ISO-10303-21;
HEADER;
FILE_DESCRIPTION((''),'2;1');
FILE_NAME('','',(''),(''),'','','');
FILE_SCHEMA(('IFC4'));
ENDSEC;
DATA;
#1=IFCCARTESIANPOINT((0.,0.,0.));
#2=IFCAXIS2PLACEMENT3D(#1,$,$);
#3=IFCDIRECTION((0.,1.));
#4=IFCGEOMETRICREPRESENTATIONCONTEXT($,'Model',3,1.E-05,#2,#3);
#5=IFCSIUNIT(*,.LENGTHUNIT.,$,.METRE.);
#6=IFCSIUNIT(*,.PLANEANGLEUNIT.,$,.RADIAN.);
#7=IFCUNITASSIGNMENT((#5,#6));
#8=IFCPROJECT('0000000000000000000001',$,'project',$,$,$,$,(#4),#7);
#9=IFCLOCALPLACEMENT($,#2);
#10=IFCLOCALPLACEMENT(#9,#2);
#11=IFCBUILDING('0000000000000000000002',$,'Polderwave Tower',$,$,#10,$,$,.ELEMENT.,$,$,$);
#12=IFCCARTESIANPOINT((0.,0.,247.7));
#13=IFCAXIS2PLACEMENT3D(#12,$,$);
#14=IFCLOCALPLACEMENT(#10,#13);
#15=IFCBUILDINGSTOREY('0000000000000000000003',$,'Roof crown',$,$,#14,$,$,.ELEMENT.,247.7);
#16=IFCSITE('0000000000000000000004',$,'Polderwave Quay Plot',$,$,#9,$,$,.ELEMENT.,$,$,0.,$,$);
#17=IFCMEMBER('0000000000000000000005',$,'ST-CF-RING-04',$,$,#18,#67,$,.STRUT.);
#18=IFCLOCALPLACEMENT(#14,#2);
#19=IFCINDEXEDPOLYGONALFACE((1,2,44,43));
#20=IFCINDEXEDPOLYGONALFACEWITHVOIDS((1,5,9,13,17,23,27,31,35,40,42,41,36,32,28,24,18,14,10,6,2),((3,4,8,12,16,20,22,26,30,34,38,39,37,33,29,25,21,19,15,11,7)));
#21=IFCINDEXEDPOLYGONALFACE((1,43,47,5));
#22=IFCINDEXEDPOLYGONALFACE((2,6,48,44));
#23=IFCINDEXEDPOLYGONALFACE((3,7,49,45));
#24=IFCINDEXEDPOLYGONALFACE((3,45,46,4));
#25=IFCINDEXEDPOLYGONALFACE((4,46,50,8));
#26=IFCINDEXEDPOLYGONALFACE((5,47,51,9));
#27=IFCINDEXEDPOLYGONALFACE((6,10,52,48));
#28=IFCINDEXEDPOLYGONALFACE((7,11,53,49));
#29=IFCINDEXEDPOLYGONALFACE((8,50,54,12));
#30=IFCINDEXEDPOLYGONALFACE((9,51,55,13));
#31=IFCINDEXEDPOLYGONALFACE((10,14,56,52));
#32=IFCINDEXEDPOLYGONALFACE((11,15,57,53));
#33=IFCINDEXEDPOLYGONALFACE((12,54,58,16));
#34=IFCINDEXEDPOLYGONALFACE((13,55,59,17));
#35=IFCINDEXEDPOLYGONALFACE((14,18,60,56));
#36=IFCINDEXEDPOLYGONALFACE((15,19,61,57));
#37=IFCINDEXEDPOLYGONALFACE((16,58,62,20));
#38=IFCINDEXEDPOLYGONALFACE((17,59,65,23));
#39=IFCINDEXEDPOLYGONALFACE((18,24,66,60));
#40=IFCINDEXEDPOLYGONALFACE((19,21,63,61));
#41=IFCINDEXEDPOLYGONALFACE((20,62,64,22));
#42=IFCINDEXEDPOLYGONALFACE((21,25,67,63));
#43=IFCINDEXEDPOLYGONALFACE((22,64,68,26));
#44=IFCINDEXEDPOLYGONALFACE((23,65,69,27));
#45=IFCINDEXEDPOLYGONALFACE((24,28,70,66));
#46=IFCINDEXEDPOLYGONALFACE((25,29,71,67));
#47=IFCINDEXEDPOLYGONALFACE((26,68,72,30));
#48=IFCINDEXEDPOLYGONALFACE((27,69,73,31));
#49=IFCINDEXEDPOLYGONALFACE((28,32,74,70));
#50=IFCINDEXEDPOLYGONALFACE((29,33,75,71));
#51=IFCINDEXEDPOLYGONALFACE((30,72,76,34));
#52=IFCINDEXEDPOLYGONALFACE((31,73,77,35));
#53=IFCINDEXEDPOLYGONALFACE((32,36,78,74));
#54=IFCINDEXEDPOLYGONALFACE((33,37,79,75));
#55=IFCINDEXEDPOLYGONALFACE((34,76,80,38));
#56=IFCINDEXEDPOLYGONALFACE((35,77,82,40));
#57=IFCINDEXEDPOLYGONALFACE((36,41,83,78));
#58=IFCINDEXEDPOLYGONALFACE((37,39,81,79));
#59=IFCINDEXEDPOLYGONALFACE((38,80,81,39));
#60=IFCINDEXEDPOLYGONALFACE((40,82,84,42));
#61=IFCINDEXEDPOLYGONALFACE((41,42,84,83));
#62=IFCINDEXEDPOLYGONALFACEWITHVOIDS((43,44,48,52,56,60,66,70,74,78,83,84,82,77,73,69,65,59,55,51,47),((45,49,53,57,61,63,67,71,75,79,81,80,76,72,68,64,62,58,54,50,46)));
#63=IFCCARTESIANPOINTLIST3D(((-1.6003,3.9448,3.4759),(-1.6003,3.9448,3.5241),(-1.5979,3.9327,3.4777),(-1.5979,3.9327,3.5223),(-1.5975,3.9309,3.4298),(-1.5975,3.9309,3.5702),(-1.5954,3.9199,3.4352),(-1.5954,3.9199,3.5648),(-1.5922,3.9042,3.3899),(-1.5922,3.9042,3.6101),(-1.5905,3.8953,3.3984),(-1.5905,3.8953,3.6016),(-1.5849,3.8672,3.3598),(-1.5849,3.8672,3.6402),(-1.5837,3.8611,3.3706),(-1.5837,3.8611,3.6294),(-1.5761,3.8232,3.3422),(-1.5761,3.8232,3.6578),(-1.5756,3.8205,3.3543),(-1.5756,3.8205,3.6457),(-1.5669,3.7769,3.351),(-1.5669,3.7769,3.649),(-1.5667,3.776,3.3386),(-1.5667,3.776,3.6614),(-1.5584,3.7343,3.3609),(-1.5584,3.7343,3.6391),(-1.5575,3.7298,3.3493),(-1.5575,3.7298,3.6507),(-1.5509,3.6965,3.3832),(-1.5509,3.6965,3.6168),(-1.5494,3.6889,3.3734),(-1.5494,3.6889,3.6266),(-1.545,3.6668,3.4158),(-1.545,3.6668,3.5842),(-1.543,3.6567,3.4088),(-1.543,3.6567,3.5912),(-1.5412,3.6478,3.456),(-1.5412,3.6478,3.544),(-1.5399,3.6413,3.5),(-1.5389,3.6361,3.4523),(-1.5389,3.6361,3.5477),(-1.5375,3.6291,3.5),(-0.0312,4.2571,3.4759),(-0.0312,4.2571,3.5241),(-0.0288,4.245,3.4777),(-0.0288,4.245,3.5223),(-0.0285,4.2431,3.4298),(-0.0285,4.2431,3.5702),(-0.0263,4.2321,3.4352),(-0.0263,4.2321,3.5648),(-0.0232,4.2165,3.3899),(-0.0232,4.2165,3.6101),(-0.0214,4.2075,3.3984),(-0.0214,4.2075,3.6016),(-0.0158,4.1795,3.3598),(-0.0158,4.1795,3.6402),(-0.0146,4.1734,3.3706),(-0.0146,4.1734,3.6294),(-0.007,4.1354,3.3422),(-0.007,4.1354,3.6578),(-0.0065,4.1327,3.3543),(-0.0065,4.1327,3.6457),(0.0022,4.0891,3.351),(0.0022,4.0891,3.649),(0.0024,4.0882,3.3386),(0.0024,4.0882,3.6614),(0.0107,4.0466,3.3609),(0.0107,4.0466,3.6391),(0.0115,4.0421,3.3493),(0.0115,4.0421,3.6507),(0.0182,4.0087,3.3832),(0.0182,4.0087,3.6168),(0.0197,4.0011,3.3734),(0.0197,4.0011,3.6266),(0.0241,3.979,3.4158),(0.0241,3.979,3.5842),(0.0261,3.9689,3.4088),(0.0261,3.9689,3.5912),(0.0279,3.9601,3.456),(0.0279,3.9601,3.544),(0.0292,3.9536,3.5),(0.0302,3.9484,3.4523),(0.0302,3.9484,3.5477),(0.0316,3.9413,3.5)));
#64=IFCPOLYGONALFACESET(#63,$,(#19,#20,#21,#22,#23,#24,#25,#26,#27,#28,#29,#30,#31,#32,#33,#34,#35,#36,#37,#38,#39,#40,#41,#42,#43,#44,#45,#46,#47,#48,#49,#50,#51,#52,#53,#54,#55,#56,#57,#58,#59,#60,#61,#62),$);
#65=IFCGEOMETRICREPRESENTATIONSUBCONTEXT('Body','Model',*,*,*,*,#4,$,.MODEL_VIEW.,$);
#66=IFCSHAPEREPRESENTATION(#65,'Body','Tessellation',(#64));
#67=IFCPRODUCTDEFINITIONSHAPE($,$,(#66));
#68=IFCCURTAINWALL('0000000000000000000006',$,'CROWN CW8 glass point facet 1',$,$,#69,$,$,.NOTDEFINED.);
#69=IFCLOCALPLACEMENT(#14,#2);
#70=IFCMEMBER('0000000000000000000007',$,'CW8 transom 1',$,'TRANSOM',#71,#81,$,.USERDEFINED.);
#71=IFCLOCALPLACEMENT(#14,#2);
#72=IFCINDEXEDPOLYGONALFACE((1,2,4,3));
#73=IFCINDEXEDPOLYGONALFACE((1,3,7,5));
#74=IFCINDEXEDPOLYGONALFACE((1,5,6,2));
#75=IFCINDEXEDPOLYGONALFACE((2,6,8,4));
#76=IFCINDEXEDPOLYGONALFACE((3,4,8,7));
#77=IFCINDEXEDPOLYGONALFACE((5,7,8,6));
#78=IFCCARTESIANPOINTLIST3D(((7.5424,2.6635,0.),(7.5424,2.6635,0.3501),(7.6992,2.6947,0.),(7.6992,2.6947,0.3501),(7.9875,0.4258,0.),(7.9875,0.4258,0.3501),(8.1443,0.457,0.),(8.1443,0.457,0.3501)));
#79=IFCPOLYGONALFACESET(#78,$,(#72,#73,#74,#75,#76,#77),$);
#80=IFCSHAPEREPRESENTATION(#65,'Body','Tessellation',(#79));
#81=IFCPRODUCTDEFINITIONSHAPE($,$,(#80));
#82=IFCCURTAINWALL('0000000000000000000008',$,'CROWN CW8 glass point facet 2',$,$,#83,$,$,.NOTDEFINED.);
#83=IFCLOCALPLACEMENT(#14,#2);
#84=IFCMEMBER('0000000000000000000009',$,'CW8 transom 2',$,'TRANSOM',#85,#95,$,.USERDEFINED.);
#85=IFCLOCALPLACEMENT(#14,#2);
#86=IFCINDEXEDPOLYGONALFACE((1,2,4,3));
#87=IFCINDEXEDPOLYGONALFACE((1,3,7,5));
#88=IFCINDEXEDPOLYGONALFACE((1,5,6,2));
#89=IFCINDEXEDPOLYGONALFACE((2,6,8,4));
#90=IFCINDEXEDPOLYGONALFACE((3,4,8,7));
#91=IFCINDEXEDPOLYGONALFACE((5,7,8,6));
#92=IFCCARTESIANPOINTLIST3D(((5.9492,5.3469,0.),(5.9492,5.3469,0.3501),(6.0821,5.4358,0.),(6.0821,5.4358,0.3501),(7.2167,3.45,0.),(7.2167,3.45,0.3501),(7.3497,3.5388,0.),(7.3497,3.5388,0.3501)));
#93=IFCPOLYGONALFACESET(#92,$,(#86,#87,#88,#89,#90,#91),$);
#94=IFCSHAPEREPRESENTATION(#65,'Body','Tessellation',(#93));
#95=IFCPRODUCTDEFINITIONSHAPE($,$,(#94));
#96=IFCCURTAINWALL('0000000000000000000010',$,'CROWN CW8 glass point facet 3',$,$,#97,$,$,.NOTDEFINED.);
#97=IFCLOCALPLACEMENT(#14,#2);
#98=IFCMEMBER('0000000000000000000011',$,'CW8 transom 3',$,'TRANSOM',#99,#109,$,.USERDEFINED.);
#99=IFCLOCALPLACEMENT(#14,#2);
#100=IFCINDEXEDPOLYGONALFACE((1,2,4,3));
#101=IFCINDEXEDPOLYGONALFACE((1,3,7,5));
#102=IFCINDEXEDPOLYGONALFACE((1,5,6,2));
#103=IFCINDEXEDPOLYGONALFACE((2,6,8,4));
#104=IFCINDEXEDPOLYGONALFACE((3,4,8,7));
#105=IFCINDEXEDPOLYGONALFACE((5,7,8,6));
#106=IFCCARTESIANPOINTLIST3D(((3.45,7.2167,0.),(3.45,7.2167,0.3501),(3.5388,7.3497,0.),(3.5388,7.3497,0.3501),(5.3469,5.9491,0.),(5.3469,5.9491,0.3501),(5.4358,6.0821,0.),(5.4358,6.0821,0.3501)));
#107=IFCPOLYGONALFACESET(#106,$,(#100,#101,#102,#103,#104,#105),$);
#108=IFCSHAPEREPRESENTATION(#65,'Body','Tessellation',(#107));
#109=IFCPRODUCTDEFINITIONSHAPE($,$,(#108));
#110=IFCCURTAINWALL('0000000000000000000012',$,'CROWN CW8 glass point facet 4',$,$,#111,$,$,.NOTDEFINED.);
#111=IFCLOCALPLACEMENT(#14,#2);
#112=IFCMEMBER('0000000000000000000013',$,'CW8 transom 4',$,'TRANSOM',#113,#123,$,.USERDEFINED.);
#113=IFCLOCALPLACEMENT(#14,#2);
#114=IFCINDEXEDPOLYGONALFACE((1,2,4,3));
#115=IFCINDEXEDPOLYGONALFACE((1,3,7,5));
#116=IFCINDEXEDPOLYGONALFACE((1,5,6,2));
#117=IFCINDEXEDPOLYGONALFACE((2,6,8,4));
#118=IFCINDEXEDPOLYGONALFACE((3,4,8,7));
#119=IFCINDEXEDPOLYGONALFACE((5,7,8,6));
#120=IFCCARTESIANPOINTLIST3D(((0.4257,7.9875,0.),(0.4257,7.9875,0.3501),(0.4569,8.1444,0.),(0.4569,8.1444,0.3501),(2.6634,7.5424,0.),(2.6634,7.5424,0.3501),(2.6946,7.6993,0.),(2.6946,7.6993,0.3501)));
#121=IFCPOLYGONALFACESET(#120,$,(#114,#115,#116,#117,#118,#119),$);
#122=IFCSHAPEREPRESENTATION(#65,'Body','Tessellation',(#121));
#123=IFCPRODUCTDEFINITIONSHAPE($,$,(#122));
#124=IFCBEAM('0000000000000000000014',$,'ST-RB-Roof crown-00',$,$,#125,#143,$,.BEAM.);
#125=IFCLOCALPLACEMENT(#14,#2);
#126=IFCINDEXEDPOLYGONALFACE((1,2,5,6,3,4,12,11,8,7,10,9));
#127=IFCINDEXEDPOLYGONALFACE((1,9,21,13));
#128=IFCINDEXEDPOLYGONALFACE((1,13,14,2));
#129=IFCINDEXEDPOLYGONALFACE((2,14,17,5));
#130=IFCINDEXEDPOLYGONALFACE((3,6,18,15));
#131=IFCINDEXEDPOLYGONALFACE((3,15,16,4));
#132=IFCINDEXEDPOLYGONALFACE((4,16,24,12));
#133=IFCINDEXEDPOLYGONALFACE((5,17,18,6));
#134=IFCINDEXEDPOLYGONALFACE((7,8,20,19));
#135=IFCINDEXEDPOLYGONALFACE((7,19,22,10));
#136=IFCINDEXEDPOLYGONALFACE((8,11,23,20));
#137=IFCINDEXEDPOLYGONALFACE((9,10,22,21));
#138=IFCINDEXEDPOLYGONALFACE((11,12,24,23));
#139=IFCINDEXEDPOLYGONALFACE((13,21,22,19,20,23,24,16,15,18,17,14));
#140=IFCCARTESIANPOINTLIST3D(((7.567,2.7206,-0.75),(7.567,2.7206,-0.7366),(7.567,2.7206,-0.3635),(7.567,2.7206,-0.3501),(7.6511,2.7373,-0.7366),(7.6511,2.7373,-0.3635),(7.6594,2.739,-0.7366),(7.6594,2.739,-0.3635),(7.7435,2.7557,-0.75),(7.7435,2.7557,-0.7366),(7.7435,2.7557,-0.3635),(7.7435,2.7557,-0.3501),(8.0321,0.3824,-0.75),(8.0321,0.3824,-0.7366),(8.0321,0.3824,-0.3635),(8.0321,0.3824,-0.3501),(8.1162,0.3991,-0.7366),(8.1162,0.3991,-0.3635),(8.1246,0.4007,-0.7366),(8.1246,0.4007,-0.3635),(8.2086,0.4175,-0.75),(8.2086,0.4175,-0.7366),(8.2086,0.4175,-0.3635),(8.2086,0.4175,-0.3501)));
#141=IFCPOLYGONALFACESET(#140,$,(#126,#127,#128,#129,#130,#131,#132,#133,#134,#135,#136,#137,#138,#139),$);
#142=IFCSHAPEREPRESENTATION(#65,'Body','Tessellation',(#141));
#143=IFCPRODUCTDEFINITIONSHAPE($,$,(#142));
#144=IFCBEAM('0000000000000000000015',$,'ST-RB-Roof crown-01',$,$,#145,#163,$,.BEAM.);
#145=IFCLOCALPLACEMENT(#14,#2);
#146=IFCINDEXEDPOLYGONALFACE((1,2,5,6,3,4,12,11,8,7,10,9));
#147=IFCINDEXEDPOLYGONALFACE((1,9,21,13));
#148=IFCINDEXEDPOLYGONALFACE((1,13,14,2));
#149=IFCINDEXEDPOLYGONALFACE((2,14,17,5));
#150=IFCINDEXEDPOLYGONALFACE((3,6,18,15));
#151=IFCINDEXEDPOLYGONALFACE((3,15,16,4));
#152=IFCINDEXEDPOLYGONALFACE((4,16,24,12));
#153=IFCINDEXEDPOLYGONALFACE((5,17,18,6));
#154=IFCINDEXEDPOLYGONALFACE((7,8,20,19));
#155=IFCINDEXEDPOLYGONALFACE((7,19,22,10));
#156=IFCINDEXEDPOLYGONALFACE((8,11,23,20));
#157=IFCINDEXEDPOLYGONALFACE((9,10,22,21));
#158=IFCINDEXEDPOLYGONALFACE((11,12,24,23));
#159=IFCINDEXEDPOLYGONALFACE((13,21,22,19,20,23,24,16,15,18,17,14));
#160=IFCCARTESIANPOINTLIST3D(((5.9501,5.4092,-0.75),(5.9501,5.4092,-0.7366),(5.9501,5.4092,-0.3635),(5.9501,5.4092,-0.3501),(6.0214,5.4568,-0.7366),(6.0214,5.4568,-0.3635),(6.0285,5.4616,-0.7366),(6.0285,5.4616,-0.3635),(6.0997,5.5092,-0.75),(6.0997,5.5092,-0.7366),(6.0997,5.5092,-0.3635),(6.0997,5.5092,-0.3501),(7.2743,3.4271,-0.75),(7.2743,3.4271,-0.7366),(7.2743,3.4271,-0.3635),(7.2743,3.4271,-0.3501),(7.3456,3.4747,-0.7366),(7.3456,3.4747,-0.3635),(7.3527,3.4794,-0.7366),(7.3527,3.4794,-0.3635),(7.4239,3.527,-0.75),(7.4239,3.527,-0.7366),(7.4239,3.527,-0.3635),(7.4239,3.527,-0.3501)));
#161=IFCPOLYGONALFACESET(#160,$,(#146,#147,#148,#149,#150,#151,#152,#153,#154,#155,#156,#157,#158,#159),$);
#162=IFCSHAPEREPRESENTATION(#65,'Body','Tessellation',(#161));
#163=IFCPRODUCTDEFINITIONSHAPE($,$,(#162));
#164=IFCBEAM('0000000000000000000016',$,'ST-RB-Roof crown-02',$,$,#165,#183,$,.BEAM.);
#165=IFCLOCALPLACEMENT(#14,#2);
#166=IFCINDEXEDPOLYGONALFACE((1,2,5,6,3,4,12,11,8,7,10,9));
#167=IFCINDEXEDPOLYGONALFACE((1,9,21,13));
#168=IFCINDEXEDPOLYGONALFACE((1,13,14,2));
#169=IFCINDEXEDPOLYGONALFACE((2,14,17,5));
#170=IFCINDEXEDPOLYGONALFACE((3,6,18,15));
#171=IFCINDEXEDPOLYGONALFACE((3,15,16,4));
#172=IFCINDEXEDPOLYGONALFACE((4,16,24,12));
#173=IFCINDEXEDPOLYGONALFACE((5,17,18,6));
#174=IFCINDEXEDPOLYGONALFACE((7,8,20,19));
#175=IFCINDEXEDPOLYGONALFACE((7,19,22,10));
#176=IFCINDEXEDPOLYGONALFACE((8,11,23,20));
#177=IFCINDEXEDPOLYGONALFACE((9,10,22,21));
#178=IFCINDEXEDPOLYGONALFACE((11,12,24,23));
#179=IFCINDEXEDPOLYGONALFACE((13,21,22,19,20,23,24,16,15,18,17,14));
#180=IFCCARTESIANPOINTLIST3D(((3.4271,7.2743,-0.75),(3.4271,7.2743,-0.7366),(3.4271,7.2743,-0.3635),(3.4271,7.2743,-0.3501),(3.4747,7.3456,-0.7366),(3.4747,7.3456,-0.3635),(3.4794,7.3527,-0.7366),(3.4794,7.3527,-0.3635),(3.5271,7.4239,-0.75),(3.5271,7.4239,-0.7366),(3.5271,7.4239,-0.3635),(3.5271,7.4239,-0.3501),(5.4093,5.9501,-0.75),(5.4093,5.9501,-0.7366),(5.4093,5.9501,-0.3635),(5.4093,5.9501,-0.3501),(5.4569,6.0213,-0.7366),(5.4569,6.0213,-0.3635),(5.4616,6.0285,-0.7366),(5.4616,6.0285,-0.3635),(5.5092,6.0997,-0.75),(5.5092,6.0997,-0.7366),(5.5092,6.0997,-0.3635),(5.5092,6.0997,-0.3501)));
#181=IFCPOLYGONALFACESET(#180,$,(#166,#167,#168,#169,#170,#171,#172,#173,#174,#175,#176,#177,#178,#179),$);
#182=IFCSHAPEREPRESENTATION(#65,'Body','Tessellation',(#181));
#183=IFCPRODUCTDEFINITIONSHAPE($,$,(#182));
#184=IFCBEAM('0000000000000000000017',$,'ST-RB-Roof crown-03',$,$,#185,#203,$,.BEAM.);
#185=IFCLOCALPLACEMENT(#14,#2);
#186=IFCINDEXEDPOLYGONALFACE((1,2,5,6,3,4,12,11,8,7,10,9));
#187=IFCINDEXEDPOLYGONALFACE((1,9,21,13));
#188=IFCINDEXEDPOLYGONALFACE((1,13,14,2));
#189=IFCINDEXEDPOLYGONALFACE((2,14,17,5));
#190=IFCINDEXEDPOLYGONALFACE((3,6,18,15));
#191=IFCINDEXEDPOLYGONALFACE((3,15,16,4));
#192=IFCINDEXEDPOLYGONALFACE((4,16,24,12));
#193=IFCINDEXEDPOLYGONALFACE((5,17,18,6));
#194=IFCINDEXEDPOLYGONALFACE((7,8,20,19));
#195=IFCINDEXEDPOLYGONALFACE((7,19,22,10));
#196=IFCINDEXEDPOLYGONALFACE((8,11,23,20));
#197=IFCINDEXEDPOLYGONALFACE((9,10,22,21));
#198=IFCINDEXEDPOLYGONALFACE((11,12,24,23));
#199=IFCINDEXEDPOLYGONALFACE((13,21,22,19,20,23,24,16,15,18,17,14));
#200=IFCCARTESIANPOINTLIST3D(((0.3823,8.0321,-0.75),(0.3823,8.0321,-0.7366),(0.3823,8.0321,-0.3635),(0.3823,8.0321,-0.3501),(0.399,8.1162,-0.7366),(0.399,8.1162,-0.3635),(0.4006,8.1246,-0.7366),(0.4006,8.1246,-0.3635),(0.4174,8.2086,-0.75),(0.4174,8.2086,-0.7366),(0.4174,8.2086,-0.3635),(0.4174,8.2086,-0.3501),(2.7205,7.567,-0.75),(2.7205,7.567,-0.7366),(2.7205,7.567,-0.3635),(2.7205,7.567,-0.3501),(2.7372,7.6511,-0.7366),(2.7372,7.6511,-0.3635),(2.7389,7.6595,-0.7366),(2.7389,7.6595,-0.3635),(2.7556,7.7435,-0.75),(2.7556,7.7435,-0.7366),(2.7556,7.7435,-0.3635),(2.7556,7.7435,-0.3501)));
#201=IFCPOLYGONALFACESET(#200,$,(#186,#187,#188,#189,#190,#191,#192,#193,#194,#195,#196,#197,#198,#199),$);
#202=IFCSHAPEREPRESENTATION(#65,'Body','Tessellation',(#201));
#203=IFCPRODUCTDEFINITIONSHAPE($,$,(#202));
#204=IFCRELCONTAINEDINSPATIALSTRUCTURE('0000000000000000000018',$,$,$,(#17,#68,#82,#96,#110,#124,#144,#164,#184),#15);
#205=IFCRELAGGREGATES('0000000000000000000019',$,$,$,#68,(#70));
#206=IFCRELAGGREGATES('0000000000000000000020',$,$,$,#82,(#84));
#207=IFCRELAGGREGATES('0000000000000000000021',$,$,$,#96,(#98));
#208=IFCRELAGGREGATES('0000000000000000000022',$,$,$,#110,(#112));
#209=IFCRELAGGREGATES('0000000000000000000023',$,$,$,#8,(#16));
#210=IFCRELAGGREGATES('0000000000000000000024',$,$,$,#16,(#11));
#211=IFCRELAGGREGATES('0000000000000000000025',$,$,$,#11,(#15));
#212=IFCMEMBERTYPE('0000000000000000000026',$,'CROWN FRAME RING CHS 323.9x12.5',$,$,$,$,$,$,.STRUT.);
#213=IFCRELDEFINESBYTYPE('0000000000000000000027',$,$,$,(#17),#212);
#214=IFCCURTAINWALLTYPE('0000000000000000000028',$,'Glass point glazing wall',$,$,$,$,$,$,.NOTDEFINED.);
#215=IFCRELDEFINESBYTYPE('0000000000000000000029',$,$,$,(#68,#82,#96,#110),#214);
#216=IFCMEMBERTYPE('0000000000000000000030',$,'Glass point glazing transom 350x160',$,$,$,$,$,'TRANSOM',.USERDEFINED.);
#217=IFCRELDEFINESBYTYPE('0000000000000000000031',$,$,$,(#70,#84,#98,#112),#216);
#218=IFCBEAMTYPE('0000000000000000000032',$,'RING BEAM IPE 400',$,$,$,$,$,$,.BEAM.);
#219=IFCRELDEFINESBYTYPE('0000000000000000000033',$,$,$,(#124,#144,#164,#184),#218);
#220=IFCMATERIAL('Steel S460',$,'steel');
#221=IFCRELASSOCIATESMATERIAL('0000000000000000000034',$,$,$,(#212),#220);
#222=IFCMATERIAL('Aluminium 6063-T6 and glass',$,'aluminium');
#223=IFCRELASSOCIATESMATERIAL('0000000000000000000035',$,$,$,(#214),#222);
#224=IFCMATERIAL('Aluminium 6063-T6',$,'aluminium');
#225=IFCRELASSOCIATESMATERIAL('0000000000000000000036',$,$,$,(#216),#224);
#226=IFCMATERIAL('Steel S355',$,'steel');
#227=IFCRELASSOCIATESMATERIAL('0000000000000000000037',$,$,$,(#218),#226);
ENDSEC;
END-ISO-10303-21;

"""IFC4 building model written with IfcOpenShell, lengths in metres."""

from ifc_helpers import new_model, si_unit, direction, frame, origin, origin_2d, place, context, subcontext, project, spatial, rectangle, hollow_circle, i_section, extrude, material, material_profile, profile_set, type_object, element, aggregate, save


model = new_model("IFC4")

# Units and contexts
model_context = context("Model", 3, precision=1e-05, world=origin(), true_north=direction((0.0, 1.0)))
body_context = subcontext(model_context, "Body", "Model", "MODEL_VIEW")
ifc_project = project(units=[si_unit("LENGTHUNIT", "METRE"), si_unit("PLANEANGLEUNIT", "RADIAN")], contexts=[model_context])

# Site, building, storey
site_placement = place(None, origin())
site = spatial("IfcSite", under=ifc_project, at=site_placement, Name="Polderwave Quay Plot", CompositionType="ELEMENT", RefElevation=0.0)
building_placement = place(site_placement, origin())
building = spatial("IfcBuilding", under=site, at=building_placement, Name="Polderwave Tower", CompositionType="ELEMENT")
storey_placement = place(building_placement, frame((0.0, 0.0, 247.7)))
storey = spatial("IfcBuildingStorey", under=building, at=storey_placement, Name="Roof crown", CompositionType="ELEMENT", Elevation=247.7)

# Member
ifc_material_1 = material(Name="Steel S460", Category="steel")
ifc_material_profile_1 = material_profile(ifc_material_1, hollow_circle(Radius=0.1619, WallThickness=0.0125, at=origin_2d()), Name="CHS 323.9x12.5")
ifc_profile_set_1 = profile_set([ifc_material_profile_1], Name="Steel S460")
member_type_1 = type_object("IfcMemberType", Name="CROWN FRAME RING CHS 323.9x12.5", PredefinedType="STRUT", material=ifc_profile_set_1)
for number, where, z_axis, x_axis, name in (
    (1, (0.0, 4.1001, 3.5), (-0.980768, -0.195177, 0.0), (0.195177, -0.980768, 0.0), "ST-CF-RING-04"),
):
    element("IfcMember", number, at=place(storey_placement, frame(where, z_axis=z_axis, x_axis=x_axis)), inside=storey, type_object=member_type_1, Name=name, PredefinedType="STRUT", context=body_context, shape_type="SweptSolid", body=[
        extrude(hollow_circle(Radius=0.1619, WallThickness=0.0125, at=origin_2d()), origin(), (0.0, 0.0, 1.0), 1.5999),
    ])

# Curtain walls, members
ifc_material_2 = material(Name="Aluminium 6063-T6 and glass", Category="aluminium")
curtain_wall_type = type_object("IfcCurtainWallType", Name="Glass point glazing wall", PredefinedType="NOTDEFINED", material=ifc_material_2)
curtain_wall_1_placement = place(storey_placement, origin())
curtain_wall_1 = element("IfcCurtainWall", 2, at=curtain_wall_1_placement, inside=storey, type_object=curtain_wall_type, Name="CROWN CW8 glass point facet 1", PredefinedType="NOTDEFINED")
ifc_material_3 = material(Name="Aluminium 6063-T6", Category="aluminium")
ifc_material_profile_2 = material_profile(ifc_material_3, rectangle(XDim=0.1599, YDim=0.3501, at=origin_2d()), Name="AL 350x160")
ifc_profile_set_2 = profile_set([ifc_material_profile_2], Name="Aluminium 6063-T6")
member_type_2 = type_object("IfcMemberType", Name="Glass point glazing transom 350x160", ElementType="TRANSOM", PredefinedType="USERDEFINED", material=ifc_profile_set_2)
member_1_placement = place(storey_placement, frame((8.0659, 0.4414, 0.175), z_axis=(-0.195087, 0.980786, 0.0), x_axis=(-0.980786, -0.195087, 0.0)))
member_1 = element("IfcMember", 3, at=member_1_placement, type_object=member_type_2, Name="CW8 transom 1", ObjectType="TRANSOM", PredefinedType="USERDEFINED", context=body_context, shape_type="SweptSolid", body=[
    extrude(rectangle(XDim=0.1599, YDim=0.3501, at=origin_2d()), origin(), (0.0, 0.0, 1.0), 2.2815),
])
curtain_wall_2_placement = place(storey_placement, origin())
curtain_wall_2 = element("IfcCurtainWall", 4, at=curtain_wall_2_placement, inside=storey, type_object=curtain_wall_type, Name="CROWN CW8 glass point facet 2", PredefinedType="NOTDEFINED")
member_2_placement = place(storey_placement, frame((7.2832, 3.4944, 0.175), z_axis=(-0.555589, 0.831457, 0.0), x_axis=(-0.831457, -0.555589, 0.0)))
member_2 = element("IfcMember", 5, at=member_2_placement, type_object=member_type_2, Name="CW8 transom 2", ObjectType="TRANSOM", PredefinedType="USERDEFINED", context=body_context, shape_type="SweptSolid", body=[
    extrude(rectangle(XDim=0.1599, YDim=0.3501, at=origin_2d()), origin(), (0.0, 0.0, 1.0), 2.2815),
])
curtain_wall_3_placement = place(storey_placement, origin())
curtain_wall_3 = element("IfcCurtainWall", 6, at=curtain_wall_3_placement, inside=storey, type_object=curtain_wall_type, Name="CROWN CW8 glass point facet 3", PredefinedType="NOTDEFINED")
member_3_placement = place(storey_placement, frame((5.3914, 6.0156, 0.175), z_axis=(-0.831457, 0.555589, 0.0), x_axis=(-0.555589, -0.831457, 0.0)))
member_3 = element("IfcMember", 7, at=member_3_placement, type_object=member_type_2, Name="CW8 transom 3", ObjectType="TRANSOM", PredefinedType="USERDEFINED", context=body_context, shape_type="SweptSolid", body=[
    extrude(rectangle(XDim=0.1599, YDim=0.3501, at=origin_2d()), origin(), (0.0, 0.0, 1.0), 2.2815),
])
curtain_wall_4_placement = place(storey_placement, origin())
curtain_wall_4 = element("IfcCurtainWall", 8, at=curtain_wall_4_placement, inside=storey, type_object=curtain_wall_type, Name="CROWN CW8 glass point facet 4", PredefinedType="NOTDEFINED")
member_4_placement = place(storey_placement, frame((2.679, 7.6208, 0.175), z_axis=(-0.980786, 0.195087, 0.0), x_axis=(-0.195087, -0.980786, 0.0)))
member_4 = element("IfcMember", 9, at=member_4_placement, type_object=member_type_2, Name="CW8 transom 4", ObjectType="TRANSOM", PredefinedType="USERDEFINED", context=body_context, shape_type="SweptSolid", body=[
    extrude(rectangle(XDim=0.1599, YDim=0.3501, at=origin_2d()), origin(), (0.0, 0.0, 1.0), 2.2815),
])

# Beams
ifc_material_4 = material(Name="Steel S355", Category="steel")
ifc_material_profile_3 = material_profile(ifc_material_4, i_section(OverallWidth=0.1799, OverallDepth=0.3999, WebThickness=0.0085, FlangeThickness=0.0134, at=origin_2d()), Name="IPE 400")
ifc_profile_set_3 = profile_set([ifc_material_profile_3], Name="Steel S355")
beam_type = type_object("IfcBeamType", Name="RING BEAM IPE 400", PredefinedType="BEAM", material=ifc_profile_set_3)
beam_1_placement = place(storey_placement, frame((8.1204, 0.3999, -0.55), z_axis=(-0.195092, 0.980785, 0.0), x_axis=(-0.980785, -0.195092, 0.0)))
element("IfcBeam", 10, at=beam_1_placement, inside=storey, type_object=beam_type, Name="ST-RB-Roof crown-00", PredefinedType="BEAM", context=body_context, shape_type="SweptSolid", body=[
    extrude(i_section(OverallWidth=0.1799, OverallDepth=0.3999, WebThickness=0.0085, FlangeThickness=0.0134, at=origin_2d()), origin(), (0.0, 0.0, 1.0), 2.384),
])
for number, where, z_axis, x_axis, name in (
    (11, (7.3491, 3.4771, -0.55), (-0.555504, 0.831514, 0.0), (-0.831514, -0.555504, 0.0), "ST-RB-Roof crown-01"),
    (12, (5.4592, 6.0249, -0.55), (-0.831514, 0.555504, 0.0), (-0.555504, -0.831514, 0.0), "ST-RB-Roof crown-02"),
):
    element("IfcBeam", number, at=place(storey_placement, frame(where, z_axis=z_axis, x_axis=x_axis)), inside=storey, type_object=beam_type, Name=name, PredefinedType="BEAM", context=body_context, shape_type="SweptSolid", body=[
        extrude(i_section(OverallWidth=0.1799, OverallDepth=0.3999, WebThickness=0.0085, FlangeThickness=0.0134, at=origin_2d()), origin(), (0.0, 0.0, 1.0), 2.3838),
    ])
beam_2_placement = place(storey_placement, frame((2.738, 7.6553, -0.55), z_axis=(-0.980785, 0.195092, 0.0), x_axis=(-0.195092, -0.980785, 0.0)))
element("IfcBeam", 13, at=beam_2_placement, inside=storey, type_object=beam_type, Name="ST-RB-Roof crown-03", PredefinedType="BEAM", context=body_context, shape_type="SweptSolid", body=[
    extrude(i_section(OverallWidth=0.1799, OverallDepth=0.3999, WebThickness=0.0085, FlangeThickness=0.0134, at=origin_2d()), origin(), (0.0, 0.0, 1.0), 2.384),
])

aggregate(curtain_wall_1, [member_1])
aggregate(curtain_wall_2, [member_2])
aggregate(curtain_wall_3, [member_3])
aggregate(curtain_wall_4, [member_4])

save(model, "model.ifc")
